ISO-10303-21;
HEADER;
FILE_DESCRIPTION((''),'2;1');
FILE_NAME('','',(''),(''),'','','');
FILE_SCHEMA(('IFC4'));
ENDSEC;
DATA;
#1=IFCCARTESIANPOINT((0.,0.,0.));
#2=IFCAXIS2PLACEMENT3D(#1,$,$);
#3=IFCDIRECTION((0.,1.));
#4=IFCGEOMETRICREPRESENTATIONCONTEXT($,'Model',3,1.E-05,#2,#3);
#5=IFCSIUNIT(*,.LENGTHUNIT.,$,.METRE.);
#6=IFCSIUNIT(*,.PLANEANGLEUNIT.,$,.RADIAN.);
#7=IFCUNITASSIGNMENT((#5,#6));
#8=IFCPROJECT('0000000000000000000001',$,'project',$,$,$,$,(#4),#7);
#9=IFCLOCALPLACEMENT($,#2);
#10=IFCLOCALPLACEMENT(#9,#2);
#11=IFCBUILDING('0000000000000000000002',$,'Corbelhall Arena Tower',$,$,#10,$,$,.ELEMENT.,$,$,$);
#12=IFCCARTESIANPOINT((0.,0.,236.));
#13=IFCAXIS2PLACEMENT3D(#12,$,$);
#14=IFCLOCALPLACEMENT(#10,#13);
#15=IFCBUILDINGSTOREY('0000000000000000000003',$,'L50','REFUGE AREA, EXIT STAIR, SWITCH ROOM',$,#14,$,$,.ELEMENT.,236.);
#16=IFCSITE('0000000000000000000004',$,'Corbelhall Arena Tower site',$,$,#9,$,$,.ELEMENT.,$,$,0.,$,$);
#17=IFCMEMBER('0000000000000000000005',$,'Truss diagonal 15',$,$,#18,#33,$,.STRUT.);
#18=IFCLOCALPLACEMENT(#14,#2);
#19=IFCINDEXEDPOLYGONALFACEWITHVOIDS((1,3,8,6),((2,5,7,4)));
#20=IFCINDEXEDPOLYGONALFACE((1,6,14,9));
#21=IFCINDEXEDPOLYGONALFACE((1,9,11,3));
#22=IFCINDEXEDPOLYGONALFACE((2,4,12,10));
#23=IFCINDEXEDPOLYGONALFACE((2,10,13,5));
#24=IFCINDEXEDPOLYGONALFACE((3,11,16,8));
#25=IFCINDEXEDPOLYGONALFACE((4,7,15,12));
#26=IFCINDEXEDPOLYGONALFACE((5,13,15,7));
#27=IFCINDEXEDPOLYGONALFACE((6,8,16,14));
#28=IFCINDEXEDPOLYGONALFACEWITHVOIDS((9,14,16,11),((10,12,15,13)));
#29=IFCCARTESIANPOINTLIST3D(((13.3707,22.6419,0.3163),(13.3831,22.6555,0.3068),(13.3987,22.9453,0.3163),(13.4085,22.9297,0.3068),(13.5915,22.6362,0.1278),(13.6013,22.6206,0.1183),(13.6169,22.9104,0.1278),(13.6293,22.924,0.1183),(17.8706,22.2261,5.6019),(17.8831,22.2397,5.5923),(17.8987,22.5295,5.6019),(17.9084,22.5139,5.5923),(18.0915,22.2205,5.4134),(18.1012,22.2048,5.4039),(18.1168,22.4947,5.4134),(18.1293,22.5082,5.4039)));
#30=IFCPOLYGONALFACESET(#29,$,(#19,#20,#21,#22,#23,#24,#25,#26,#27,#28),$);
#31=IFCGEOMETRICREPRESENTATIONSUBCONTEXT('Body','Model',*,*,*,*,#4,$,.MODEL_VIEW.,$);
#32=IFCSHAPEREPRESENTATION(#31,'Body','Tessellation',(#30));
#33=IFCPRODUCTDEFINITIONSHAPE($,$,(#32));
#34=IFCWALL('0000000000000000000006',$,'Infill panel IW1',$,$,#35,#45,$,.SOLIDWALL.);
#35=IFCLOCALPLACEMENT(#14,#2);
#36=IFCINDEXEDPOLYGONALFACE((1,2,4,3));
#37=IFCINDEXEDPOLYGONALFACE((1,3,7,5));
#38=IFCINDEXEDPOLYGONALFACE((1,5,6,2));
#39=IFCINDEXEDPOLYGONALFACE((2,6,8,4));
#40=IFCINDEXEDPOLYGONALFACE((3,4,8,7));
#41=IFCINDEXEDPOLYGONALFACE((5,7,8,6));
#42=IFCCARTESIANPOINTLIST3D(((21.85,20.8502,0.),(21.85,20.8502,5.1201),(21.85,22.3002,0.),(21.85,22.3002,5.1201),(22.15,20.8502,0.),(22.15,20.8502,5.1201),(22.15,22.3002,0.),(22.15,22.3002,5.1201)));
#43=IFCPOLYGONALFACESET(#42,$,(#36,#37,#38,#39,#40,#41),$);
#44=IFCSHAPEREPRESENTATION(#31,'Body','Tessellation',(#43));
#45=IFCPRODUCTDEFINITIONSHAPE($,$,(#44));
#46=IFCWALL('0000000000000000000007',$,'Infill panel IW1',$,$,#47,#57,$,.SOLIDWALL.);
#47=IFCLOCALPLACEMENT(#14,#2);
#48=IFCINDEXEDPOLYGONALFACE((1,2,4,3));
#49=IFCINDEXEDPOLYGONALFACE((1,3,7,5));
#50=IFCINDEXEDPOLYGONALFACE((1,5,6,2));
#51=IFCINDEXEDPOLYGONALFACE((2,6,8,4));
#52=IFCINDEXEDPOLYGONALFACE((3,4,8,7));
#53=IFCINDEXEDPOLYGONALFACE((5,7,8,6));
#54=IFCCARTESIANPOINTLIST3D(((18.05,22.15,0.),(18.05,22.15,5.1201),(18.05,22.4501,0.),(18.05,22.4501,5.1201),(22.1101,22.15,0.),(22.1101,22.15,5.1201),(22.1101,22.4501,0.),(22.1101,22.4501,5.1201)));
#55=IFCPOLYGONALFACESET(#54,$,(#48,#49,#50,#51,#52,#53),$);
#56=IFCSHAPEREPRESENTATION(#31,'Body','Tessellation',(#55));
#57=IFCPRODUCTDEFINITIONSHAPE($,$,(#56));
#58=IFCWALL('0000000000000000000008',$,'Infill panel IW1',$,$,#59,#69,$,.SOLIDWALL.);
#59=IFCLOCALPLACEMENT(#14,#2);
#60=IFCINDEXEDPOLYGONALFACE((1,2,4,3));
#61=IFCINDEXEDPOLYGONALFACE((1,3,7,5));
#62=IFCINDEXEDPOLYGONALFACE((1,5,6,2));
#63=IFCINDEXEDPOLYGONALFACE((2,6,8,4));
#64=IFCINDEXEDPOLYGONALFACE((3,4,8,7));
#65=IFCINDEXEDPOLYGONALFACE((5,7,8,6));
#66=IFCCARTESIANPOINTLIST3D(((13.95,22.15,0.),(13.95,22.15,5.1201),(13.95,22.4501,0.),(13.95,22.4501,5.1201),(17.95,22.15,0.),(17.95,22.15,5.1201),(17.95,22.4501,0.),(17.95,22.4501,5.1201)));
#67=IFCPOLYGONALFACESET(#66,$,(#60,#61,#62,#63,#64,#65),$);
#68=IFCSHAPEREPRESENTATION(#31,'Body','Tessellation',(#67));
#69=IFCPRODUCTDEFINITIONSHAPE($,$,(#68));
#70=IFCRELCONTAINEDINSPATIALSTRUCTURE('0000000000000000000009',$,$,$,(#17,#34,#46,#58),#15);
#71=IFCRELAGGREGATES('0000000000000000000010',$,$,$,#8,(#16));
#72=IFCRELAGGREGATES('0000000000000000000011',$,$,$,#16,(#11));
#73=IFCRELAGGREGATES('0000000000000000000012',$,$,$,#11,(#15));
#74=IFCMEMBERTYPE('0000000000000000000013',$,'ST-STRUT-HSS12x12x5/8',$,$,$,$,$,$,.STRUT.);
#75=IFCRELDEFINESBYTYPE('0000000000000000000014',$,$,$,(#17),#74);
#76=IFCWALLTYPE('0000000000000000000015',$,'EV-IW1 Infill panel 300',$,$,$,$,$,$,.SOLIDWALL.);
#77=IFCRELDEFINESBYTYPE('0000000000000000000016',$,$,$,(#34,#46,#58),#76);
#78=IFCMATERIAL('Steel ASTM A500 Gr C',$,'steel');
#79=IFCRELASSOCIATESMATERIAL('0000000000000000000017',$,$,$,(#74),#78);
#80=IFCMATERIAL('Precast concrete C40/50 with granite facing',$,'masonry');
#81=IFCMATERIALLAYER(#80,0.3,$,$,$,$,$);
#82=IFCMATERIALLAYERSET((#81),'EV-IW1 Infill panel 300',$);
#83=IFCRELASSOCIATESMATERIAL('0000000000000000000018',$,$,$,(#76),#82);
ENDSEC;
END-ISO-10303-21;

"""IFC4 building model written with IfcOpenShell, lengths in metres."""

from ifc_helpers import new_model, si_unit, direction, frame, frame_2d, origin, origin_2d, place, context, subcontext, project, spatial, rectangle, hollow_rectangle, extrude, material, layer, layer_set, material_profile, profile_set, type_object, element, save


model = new_model("IFC4")

# Units and contexts
model_context = context("Model", 3, precision=1e-05, world=origin(), true_north=direction((0.0, 1.0)))
body_context = subcontext(model_context, "Body", "Model", "MODEL_VIEW")
ifc_project = project(units=[si_unit("LENGTHUNIT", "METRE"), si_unit("PLANEANGLEUNIT", "RADIAN")], contexts=[model_context])

# Site, building, storey
site_placement = place(None, origin())
site = spatial("IfcSite", under=ifc_project, at=site_placement, Name="Corbelhall Arena Tower site", CompositionType="ELEMENT", RefElevation=0.0)
building_placement = place(site_placement, origin())
building = spatial("IfcBuilding", under=site, at=building_placement, Name="Corbelhall Arena Tower", CompositionType="ELEMENT")
storey_placement = place(building_placement, frame((0.0, 0.0, 236.0)))
storey = spatial("IfcBuildingStorey", under=building, at=storey_placement, Name="L50", Description="REFUGE AREA, EXIT STAIR, SWITCH ROOM", CompositionType="ELEMENT", Elevation=236.0)

# Member
ifc_material_1 = material(Name="Steel ASTM A500 Gr C", Category="steel")
ifc_material_profile_1 = material_profile(ifc_material_1, hollow_rectangle(XDim=0.3047, YDim=0.3047, WallThickness=0.0146, at=origin_2d()))
ifc_profile_set_1 = profile_set([ifc_material_profile_1], Name="Steel ASTM A500 Gr C")
member_type_1 = type_object("IfcMemberType", Name="ST-STRUT-HSS12x12x5/8", PredefinedType="STRUT", material=ifc_profile_set_1)
for number, where, z_axis, x_axis, name in (
    (1, (13.5, 22.783, 0.2173), (0.647091, -0.059787, 0.760065), (0.092002, 0.995759, 0.0), "Truss diagonal 15"),
):
    element("IfcMember", number, at=place(storey_placement, frame(where, z_axis=z_axis, x_axis=x_axis)), inside=storey, type_object=member_type_1, Name=name, PredefinedType="STRUT", context=body_context, shape_type="SweptSolid", body=[
        extrude(hollow_rectangle(XDim=0.3047, YDim=0.3047, WallThickness=0.0146, at=origin_2d()), origin(), (0.0, 0.0, 1.0), 6.9541),
    ])

# Walls
ifc_material_2 = material(Name="Precast concrete C40/50 with granite facing", Category="masonry")
ifc_layer_1 = layer(ifc_material_2, 0.3)
ifc_layer_set_1 = layer_set([ifc_layer_1], Name="EV-IW1 Infill panel 300")
wall_type_1 = type_object("IfcWallType", Name="EV-IW1 Infill panel 300", PredefinedType="SOLIDWALL", material=ifc_layer_set_1)
wall_1_placement = place(storey_placement, frame((22.0, 20.8501, 0.0), z_axis=(0.0, 0.0, 1.0), x_axis=(0.0, 1.0, 0.0)))
element("IfcWall", 2, at=wall_1_placement, inside=storey, type_object=wall_type_1, Name="Infill panel IW1", PredefinedType="SOLIDWALL", context=body_context, shape_type="SweptSolid", body=[
    extrude(rectangle(XDim=1.45, YDim=0.3, at=frame_2d((0.7251, 0.0))), origin(), (0.0, 0.0, 1.0), 5.1201),
])
wall_2_placement = place(storey_placement, frame((22.1101, 22.3, 0.0), z_axis=(0.0, 0.0, 1.0), x_axis=(-1.0, 0.0, 0.0)))
element("IfcWall", 3, at=wall_2_placement, inside=storey, type_object=wall_type_1, Name="Infill panel IW1", PredefinedType="SOLIDWALL", context=body_context, shape_type="SweptSolid", body=[
    extrude(rectangle(XDim=4.0601, YDim=0.3, at=frame_2d((2.03, 0.0))), origin(), (0.0, 0.0, 1.0), 5.1201),
])
wall_3_placement = place(storey_placement, frame((17.95, 22.3, 0.0), z_axis=(0.0, 0.0, 1.0), x_axis=(-1.0, 0.0, 0.0)))
element("IfcWall", 4, at=wall_3_placement, inside=storey, type_object=wall_type_1, Name="Infill panel IW1", PredefinedType="SOLIDWALL", context=body_context, shape_type="SweptSolid", body=[
    extrude(rectangle(XDim=4.0, YDim=0.3, at=frame_2d((2.0, 0.0))), origin(), (0.0, 0.0, 1.0), 5.1201),
])

save(model, "model.ifc")
